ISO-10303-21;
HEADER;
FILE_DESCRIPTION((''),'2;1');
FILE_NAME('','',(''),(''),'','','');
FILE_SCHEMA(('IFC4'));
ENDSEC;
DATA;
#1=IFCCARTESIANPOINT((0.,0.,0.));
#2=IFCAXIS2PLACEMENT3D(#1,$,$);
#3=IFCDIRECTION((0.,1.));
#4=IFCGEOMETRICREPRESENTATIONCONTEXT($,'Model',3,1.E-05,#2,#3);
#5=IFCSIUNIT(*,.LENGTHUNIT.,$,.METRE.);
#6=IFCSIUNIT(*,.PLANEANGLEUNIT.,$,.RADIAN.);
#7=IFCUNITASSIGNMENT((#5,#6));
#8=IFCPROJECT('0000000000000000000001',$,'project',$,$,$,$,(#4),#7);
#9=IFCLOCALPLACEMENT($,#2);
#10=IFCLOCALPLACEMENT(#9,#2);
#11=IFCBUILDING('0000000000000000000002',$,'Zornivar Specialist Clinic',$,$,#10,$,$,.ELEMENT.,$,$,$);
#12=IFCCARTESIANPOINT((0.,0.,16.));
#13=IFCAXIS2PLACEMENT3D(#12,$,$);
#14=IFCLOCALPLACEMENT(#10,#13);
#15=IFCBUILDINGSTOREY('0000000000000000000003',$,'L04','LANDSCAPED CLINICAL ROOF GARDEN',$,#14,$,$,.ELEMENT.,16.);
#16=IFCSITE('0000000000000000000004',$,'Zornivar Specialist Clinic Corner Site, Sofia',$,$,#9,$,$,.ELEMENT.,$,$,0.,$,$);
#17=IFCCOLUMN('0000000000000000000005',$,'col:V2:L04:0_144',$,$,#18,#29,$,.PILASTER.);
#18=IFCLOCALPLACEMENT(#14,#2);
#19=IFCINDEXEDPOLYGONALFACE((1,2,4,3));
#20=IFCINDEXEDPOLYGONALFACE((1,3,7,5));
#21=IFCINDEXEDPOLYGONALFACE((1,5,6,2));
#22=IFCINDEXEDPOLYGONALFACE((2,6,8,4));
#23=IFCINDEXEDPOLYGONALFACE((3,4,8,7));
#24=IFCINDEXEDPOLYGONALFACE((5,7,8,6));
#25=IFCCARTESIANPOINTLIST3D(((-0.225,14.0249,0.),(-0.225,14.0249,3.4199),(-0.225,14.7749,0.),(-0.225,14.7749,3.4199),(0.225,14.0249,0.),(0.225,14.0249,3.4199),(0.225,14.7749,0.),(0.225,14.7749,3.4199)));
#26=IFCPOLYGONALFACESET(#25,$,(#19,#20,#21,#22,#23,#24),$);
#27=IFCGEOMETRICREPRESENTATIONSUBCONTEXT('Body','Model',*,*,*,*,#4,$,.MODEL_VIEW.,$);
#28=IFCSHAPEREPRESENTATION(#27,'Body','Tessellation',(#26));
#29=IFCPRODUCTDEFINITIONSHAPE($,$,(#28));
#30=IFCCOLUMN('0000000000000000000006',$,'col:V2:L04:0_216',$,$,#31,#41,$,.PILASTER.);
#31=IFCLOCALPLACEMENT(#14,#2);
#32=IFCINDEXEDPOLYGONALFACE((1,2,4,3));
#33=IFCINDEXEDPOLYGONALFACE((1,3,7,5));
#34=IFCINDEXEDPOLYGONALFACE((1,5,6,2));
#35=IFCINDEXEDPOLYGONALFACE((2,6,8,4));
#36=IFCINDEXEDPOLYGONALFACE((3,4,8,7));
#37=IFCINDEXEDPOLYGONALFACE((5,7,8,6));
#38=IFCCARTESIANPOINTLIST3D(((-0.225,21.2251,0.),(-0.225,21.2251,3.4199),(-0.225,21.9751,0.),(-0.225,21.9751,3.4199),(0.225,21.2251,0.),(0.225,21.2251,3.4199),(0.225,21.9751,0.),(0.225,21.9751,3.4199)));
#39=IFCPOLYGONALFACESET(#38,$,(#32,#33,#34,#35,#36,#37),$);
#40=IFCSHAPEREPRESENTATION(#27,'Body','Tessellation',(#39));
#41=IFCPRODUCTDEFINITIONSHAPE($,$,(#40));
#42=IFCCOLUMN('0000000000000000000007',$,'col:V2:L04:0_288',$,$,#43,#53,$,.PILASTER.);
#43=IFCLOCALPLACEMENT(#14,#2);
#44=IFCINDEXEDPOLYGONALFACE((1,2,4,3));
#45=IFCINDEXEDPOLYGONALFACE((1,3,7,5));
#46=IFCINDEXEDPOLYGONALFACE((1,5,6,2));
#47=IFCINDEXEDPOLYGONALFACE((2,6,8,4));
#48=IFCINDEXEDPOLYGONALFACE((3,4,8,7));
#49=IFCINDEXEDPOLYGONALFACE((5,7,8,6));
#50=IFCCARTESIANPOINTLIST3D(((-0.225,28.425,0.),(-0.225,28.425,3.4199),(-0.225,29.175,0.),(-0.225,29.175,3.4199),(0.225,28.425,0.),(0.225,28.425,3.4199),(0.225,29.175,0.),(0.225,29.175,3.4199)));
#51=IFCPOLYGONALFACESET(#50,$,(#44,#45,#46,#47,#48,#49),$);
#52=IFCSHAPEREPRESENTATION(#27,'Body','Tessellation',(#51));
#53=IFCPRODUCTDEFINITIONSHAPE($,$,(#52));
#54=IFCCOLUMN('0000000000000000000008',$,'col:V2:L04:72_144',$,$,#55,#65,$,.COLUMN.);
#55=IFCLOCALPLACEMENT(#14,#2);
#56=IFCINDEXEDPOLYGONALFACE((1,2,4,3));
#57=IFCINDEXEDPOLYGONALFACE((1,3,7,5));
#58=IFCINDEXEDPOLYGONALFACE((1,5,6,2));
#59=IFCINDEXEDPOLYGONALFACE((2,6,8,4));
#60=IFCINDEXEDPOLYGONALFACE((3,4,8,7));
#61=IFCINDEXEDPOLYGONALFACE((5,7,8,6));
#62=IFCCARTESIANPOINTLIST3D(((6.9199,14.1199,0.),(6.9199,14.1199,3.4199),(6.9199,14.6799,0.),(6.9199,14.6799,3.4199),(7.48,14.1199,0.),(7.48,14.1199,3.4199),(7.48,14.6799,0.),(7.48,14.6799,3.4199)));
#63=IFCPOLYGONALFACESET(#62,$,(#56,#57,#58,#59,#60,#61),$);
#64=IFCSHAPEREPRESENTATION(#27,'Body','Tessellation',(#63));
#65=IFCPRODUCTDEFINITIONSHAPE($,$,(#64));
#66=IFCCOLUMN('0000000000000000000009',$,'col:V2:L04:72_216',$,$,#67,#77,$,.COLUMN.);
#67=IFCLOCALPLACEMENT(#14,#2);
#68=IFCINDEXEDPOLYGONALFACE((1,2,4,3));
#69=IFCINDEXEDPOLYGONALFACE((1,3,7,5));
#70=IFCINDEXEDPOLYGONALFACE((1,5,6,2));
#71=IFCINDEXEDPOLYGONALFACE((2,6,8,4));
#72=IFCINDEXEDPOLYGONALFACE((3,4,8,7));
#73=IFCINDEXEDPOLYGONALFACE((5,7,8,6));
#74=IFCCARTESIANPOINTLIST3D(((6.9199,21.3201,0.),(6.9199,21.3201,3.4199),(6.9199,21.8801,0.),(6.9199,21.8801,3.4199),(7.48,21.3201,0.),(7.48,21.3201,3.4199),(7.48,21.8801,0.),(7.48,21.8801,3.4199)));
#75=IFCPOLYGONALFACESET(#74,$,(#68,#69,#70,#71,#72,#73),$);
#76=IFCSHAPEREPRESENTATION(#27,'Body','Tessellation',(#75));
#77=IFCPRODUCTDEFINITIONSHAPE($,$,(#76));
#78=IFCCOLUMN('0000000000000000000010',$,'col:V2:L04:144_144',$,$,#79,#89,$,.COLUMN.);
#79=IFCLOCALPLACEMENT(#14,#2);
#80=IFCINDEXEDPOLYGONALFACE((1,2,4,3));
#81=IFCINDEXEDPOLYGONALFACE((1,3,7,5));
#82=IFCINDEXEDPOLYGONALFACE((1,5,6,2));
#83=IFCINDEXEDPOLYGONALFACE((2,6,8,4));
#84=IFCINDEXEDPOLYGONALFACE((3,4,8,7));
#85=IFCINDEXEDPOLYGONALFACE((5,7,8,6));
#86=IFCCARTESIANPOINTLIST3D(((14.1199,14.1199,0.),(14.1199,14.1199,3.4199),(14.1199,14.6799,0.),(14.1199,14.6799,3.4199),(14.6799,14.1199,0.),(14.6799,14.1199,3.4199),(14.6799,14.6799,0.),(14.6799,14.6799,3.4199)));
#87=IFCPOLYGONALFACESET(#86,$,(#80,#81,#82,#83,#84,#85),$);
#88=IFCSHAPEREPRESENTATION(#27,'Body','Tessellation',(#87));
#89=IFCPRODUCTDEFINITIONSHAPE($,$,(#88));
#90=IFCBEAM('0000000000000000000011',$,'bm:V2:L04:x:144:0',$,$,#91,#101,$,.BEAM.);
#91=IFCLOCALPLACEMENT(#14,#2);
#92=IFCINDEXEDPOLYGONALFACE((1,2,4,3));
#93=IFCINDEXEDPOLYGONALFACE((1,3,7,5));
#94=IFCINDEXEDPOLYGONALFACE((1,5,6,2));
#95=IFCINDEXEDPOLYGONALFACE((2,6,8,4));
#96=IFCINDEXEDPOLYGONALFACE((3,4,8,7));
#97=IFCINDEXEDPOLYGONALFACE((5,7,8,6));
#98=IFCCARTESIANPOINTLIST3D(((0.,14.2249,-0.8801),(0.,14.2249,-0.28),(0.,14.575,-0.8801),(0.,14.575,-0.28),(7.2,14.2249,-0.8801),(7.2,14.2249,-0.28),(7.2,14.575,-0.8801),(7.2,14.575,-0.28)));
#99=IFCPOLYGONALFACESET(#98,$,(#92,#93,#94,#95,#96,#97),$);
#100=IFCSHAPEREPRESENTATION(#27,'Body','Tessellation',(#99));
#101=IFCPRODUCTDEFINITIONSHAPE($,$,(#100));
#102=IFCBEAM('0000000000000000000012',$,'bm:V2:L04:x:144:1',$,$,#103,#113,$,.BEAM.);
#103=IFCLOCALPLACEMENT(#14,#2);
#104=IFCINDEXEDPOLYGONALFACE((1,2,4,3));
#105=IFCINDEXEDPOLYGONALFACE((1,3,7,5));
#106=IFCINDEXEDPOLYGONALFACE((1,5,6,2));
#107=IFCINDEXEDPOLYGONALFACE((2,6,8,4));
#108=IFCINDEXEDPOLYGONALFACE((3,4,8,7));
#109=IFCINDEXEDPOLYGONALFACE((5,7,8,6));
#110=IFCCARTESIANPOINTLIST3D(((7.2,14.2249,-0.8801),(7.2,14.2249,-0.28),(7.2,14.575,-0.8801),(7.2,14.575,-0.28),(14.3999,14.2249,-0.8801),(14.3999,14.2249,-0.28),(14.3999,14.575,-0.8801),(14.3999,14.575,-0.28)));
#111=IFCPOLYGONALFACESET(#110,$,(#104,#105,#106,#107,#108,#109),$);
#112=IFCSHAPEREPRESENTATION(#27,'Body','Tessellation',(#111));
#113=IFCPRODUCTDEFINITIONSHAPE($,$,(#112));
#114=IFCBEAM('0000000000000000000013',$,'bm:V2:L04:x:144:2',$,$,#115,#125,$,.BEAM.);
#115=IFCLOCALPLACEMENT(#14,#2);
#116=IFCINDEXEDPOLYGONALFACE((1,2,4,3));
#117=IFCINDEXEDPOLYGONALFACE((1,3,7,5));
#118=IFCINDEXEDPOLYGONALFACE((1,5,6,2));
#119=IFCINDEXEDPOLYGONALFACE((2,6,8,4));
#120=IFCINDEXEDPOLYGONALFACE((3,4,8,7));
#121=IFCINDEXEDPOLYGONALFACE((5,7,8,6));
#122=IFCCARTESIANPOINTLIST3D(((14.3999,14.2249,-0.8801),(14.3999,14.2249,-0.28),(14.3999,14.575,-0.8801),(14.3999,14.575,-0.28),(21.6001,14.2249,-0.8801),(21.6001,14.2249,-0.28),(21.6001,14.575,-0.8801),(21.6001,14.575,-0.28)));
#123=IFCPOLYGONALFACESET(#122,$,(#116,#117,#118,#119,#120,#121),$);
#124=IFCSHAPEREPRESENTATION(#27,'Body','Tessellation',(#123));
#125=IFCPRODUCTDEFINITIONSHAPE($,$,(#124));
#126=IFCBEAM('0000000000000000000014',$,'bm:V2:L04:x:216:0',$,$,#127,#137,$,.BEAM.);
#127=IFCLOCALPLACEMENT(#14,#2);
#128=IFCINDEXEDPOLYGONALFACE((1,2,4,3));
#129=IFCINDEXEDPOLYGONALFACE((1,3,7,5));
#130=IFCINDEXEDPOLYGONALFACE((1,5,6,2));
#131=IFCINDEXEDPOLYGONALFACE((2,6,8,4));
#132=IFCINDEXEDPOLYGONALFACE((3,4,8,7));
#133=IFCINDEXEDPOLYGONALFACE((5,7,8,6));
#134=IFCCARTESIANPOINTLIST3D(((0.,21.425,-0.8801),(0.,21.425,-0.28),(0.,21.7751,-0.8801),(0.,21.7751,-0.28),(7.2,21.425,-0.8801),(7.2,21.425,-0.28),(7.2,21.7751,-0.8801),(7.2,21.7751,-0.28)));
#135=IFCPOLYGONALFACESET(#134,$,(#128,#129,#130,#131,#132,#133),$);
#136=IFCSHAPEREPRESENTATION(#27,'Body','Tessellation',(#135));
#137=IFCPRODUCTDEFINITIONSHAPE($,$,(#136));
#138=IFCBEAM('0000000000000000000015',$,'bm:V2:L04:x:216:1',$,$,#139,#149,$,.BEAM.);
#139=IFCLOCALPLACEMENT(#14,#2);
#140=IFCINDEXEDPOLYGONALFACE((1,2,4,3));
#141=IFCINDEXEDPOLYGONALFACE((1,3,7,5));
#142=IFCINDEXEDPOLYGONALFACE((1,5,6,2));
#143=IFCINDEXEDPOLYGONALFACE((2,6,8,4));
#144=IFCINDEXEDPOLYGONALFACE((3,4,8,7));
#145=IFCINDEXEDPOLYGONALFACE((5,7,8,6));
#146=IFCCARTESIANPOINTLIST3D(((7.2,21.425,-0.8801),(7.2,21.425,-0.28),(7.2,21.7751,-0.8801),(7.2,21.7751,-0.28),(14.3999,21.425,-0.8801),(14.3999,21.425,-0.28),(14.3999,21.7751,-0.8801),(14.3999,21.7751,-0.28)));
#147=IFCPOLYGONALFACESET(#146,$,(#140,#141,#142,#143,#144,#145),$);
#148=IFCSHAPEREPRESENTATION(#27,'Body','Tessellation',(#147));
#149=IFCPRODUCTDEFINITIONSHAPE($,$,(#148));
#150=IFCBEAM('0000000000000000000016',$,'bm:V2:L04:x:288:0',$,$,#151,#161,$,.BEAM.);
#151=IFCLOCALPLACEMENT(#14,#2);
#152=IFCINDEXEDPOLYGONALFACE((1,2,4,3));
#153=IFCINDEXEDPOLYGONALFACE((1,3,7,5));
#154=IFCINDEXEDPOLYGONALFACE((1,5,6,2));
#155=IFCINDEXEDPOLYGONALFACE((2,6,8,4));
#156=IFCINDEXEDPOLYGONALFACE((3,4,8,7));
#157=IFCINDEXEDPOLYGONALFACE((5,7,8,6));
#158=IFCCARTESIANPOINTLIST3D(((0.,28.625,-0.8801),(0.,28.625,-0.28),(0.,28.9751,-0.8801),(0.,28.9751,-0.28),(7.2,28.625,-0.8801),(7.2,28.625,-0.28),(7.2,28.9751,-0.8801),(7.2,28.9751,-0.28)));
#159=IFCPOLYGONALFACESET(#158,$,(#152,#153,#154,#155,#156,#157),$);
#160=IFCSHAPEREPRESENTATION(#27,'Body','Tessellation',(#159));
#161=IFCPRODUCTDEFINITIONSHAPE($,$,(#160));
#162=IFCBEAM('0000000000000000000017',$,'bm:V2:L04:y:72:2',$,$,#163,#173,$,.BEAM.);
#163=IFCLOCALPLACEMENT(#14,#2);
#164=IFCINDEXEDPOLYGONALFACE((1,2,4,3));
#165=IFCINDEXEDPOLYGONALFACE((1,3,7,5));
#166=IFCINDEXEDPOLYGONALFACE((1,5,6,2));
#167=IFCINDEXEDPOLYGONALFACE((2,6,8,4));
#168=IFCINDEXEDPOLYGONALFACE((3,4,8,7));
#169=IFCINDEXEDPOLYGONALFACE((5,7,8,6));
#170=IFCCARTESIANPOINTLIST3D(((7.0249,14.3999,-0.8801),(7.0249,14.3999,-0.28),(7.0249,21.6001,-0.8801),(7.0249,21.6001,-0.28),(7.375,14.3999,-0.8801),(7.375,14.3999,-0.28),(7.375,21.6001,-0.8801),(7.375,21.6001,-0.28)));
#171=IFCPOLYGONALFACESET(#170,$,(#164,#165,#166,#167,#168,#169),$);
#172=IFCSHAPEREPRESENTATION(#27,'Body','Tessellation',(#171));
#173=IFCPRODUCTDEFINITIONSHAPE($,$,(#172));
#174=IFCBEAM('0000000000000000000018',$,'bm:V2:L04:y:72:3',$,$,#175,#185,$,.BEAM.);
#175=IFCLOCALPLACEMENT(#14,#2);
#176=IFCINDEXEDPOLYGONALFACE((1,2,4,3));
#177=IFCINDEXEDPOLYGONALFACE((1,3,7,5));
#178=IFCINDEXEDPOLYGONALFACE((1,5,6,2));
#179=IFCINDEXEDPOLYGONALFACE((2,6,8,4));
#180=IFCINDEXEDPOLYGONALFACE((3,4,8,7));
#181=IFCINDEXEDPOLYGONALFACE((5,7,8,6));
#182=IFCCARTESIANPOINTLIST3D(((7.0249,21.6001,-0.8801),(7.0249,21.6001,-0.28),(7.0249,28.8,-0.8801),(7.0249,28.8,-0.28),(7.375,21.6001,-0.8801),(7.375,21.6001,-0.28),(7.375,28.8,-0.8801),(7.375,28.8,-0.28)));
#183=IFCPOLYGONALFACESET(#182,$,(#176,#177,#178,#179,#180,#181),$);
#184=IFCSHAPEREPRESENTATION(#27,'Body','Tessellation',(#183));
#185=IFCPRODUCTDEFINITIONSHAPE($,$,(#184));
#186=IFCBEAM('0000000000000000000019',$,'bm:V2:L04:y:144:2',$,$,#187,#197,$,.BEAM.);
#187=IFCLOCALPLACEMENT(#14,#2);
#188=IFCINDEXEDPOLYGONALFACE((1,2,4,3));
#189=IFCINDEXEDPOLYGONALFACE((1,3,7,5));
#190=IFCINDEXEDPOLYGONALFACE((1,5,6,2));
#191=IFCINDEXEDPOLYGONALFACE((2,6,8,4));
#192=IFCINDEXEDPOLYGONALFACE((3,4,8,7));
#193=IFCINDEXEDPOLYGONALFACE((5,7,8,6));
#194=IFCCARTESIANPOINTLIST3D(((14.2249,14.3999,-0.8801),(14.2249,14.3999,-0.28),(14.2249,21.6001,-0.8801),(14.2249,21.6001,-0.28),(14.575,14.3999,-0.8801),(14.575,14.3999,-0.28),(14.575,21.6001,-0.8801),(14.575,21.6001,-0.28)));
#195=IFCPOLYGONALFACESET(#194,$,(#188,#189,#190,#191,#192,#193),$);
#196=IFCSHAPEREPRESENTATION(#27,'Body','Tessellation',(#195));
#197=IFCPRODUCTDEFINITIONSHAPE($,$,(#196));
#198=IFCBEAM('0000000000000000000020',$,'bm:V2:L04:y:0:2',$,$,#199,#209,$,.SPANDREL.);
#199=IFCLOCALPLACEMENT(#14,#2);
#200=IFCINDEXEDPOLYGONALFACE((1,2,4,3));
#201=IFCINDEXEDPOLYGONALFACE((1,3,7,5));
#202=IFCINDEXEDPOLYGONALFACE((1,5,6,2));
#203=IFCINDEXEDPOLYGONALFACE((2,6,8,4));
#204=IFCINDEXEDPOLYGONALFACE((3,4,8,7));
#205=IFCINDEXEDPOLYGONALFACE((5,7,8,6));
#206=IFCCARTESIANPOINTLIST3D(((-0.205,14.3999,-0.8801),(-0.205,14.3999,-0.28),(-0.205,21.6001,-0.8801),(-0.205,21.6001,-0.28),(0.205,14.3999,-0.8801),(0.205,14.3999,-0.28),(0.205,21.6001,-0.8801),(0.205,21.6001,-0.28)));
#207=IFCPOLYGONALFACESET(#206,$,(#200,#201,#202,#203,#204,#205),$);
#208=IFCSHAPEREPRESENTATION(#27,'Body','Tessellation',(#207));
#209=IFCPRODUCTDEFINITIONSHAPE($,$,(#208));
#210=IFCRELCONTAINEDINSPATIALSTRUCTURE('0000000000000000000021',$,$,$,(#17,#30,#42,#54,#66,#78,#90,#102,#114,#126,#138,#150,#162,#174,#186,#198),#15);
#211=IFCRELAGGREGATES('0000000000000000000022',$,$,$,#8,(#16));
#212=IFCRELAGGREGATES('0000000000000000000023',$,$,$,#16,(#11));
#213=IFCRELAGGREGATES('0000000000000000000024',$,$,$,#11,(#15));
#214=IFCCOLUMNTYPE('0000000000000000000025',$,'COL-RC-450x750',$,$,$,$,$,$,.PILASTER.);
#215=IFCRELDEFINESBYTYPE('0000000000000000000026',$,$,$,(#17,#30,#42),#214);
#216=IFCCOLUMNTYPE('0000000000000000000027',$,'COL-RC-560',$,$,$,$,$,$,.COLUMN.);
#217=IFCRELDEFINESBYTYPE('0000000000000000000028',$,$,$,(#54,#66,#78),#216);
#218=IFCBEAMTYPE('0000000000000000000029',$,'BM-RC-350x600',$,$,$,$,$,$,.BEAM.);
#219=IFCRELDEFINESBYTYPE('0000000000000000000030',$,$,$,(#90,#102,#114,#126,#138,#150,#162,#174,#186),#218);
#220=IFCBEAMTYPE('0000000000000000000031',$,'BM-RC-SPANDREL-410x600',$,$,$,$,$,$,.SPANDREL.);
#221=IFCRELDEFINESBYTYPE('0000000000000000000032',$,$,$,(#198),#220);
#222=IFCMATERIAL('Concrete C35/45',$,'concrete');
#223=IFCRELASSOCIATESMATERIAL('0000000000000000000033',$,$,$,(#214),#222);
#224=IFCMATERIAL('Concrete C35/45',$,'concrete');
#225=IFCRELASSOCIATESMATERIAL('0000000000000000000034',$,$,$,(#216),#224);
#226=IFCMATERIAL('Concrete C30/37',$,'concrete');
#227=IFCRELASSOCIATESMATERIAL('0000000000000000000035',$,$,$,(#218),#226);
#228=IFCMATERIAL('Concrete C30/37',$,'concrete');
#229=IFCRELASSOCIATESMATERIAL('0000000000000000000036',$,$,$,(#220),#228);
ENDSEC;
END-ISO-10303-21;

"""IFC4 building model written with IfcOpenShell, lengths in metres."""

from ifc_helpers import new_model, si_unit, direction, frame, origin, origin_2d, place, context, subcontext, project, spatial, rectangle, extrude, material, material_profile, profile_set, type_object, element, save


model = new_model("IFC4")

# Units and contexts
model_context = context("Model", 3, precision=1e-05, world=origin(), true_north=direction((0.0, 1.0)))
body_context = subcontext(model_context, "Body", "Model", "MODEL_VIEW")
ifc_project = project(units=[si_unit("LENGTHUNIT", "METRE"), si_unit("PLANEANGLEUNIT", "RADIAN")], contexts=[model_context])

# Site, building, storey
site_placement = place(None, origin())
site = spatial("IfcSite", under=ifc_project, at=site_placement, Name="Zornivar Specialist Clinic Corner Site, Sofia", CompositionType="ELEMENT", RefElevation=0.0)
building_placement = place(site_placement, origin())
building = spatial("IfcBuilding", under=site, at=building_placement, Name="Zornivar Specialist Clinic", CompositionType="ELEMENT")
storey_placement = place(building_placement, frame((0.0, 0.0, 16.0)))
storey = spatial("IfcBuildingStorey", under=building, at=storey_placement, Name="L04", Description="LANDSCAPED CLINICAL ROOF GARDEN", CompositionType="ELEMENT", Elevation=16.0)

# Columns
ifc_material_1 = material(Name="Concrete C35/45", Category="concrete")
ifc_material_profile_1 = material_profile(ifc_material_1, rectangle(XDim=0.45, YDim=0.75, at=origin_2d()), Name="RC 450x750")
ifc_profile_set_1 = profile_set([ifc_material_profile_1], Name="Concrete C35/45")
column_type_1 = type_object("IfcColumnType", Name="COL-RC-450x750", PredefinedType="PILASTER", material=ifc_profile_set_1)
for number, where, z_axis, x_axis, name in (
    (1, (0.0, 14.3999, 0.0), (0.0, 0.0, 1.0), (1.0, 0.0, 0.0), "col:V2:L04:0_144"),
    (2, (0.0, 21.6001, 0.0), (0.0, 0.0, 1.0), (1.0, 0.0, 0.0), "col:V2:L04:0_216"),
    (3, (0.0, 28.8, 0.0), (0.0, 0.0, 1.0), (1.0, 0.0, 0.0), "col:V2:L04:0_288"),
):
    element("IfcColumn", number, at=place(storey_placement, frame(where, z_axis=z_axis, x_axis=x_axis)), inside=storey, type_object=column_type_1, Name=name, PredefinedType="PILASTER", context=body_context, shape_type="SweptSolid", body=[
        extrude(rectangle(XDim=0.45, YDim=0.75, at=origin_2d()), origin(), (0.0, 0.0, 1.0), 3.4199),
    ])
ifc_material_2 = material(Name="Concrete C35/45", Category="concrete")
ifc_material_profile_2 = material_profile(ifc_material_2, rectangle(XDim=0.5601, YDim=0.5601, at=origin_2d()), Name="RC 560x560")
ifc_profile_set_2 = profile_set([ifc_material_profile_2], Name="Concrete C35/45")
column_type_2 = type_object("IfcColumnType", Name="COL-RC-560", PredefinedType="COLUMN", material=ifc_profile_set_2)
for number, where, z_axis, x_axis, name in (
    (4, (7.2, 14.3999, 0.0), (0.0, 0.0, 1.0), (1.0, 0.0, 0.0), "col:V2:L04:72_144"),
    (5, (7.2, 21.6001, 0.0), (0.0, 0.0, 1.0), (1.0, 0.0, 0.0), "col:V2:L04:72_216"),
    (6, (14.3999, 14.3999, 0.0), (0.0, 0.0, 1.0), (1.0, 0.0, 0.0), "col:V2:L04:144_144"),
):
    element("IfcColumn", number, at=place(storey_placement, frame(where, z_axis=z_axis, x_axis=x_axis)), inside=storey, type_object=column_type_2, Name=name, PredefinedType="COLUMN", context=body_context, shape_type="SweptSolid", body=[
        extrude(rectangle(XDim=0.5601, YDim=0.5601, at=origin_2d()), origin(), (0.0, 0.0, 1.0), 3.4199),
    ])

# Beams
ifc_material_3 = material(Name="Concrete C30/37", Category="concrete")
ifc_material_profile_3 = material_profile(ifc_material_3, rectangle(XDim=0.3501, YDim=0.6001, at=origin_2d()), Name="RC 350x600")
ifc_profile_set_3 = profile_set([ifc_material_profile_3], Name="Concrete C30/37")
beam_type_1 = type_object("IfcBeamType", Name="BM-RC-350x600", PredefinedType="BEAM", material=ifc_profile_set_3)
for number, where, z_axis, x_axis, name in (
    (7, (0.0, 14.3999, -0.5801), (1.0, 0.0, 0.0), (0.0, 1.0, 0.0), "bm:V2:L04:x:144:0"),
    (8, (7.2, 14.3999, -0.5801), (1.0, 0.0, 0.0), (0.0, 1.0, 0.0), "bm:V2:L04:x:144:1"),
):
    element("IfcBeam", number, at=place(storey_placement, frame(where, z_axis=z_axis, x_axis=x_axis)), inside=storey, type_object=beam_type_1, Name=name, PredefinedType="BEAM", context=body_context, shape_type="SweptSolid", body=[
        extrude(rectangle(XDim=0.3501, YDim=0.6001, at=origin_2d()), origin(), (0.0, 0.0, 1.0), 7.2),
    ])
beam_1_placement = place(storey_placement, frame((14.3999, 14.3999, -0.5801), z_axis=(1.0, 0.0, 0.0), x_axis=(0.0, 1.0, 0.0)))
element("IfcBeam", 9, at=beam_1_placement, inside=storey, type_object=beam_type_1, Name="bm:V2:L04:x:144:2", PredefinedType="BEAM", context=body_context, shape_type="SweptSolid", body=[
    extrude(rectangle(XDim=0.3501, YDim=0.6001, at=origin_2d()), origin(), (0.0, 0.0, 1.0), 7.2002),
])
for number, where, z_axis, x_axis, name in (
    (10, (0.0, 21.6001, -0.5801), (1.0, 0.0, 0.0), (0.0, 1.0, 0.0), "bm:V2:L04:x:216:0"),
    (11, (7.2, 21.6001, -0.5801), (1.0, 0.0, 0.0), (0.0, 1.0, 0.0), "bm:V2:L04:x:216:1"),
    (12, (0.0, 28.8, -0.5801), (1.0, 0.0, 0.0), (0.0, 1.0, 0.0), "bm:V2:L04:x:288:0"),
):
    element("IfcBeam", number, at=place(storey_placement, frame(where, z_axis=z_axis, x_axis=x_axis)), inside=storey, type_object=beam_type_1, Name=name, PredefinedType="BEAM", context=body_context, shape_type="SweptSolid", body=[
        extrude(rectangle(XDim=0.3501, YDim=0.6001, at=origin_2d()), origin(), (0.0, 0.0, 1.0), 7.2),
    ])
beam_2_placement = place(storey_placement, frame((7.2, 14.3999, -0.5801), z_axis=(0.0, 1.0, 0.0), x_axis=(-1.0, 0.0, 0.0)))
element("IfcBeam", 13, at=beam_2_placement, inside=storey, type_object=beam_type_1, Name="bm:V2:L04:y:72:2", PredefinedType="BEAM", context=body_context, shape_type="SweptSolid", body=[
    extrude(rectangle(XDim=0.3501, YDim=0.6001, at=origin_2d()), origin(), (0.0, 0.0, 1.0), 7.2002),
])
beam_3_placement = place(storey_placement, frame((7.2, 21.6001, -0.5801), z_axis=(0.0, 1.0, 0.0), x_axis=(-1.0, 0.0, 0.0)))
element("IfcBeam", 14, at=beam_3_placement, inside=storey, type_object=beam_type_1, Name="bm:V2:L04:y:72:3", PredefinedType="BEAM", context=body_context, shape_type="SweptSolid", body=[
    extrude(rectangle(XDim=0.3501, YDim=0.6001, at=origin_2d()), origin(), (0.0, 0.0, 1.0), 7.2),
])
beam_4_placement = place(storey_placement, frame((14.3999, 14.3999, -0.5801), z_axis=(0.0, 1.0, 0.0), x_axis=(-1.0, 0.0, 0.0)))
element("IfcBeam", 15, at=beam_4_placement, inside=storey, type_object=beam_type_1, Name="bm:V2:L04:y:144:2", PredefinedType="BEAM", context=body_context, shape_type="SweptSolid", body=[
    extrude(rectangle(XDim=0.3501, YDim=0.6001, at=origin_2d()), origin(), (0.0, 0.0, 1.0), 7.2002),
])
ifc_material_4 = material(Name="Concrete C30/37", Category="concrete")
ifc_material_profile_4 = material_profile(ifc_material_4, rectangle(XDim=0.4099, YDim=0.6001, at=origin_2d()), Name="RC 410x600")
ifc_profile_set_4 = profile_set([ifc_material_profile_4], Name="Concrete C30/37")
beam_type_2 = type_object("IfcBeamType", Name="BM-RC-SPANDREL-410x600", PredefinedType="SPANDREL", material=ifc_profile_set_4)
beam_5_placement = place(storey_placement, frame((0.0, 14.3999, -0.5801), z_axis=(0.0, 1.0, 0.0), x_axis=(-1.0, 0.0, 0.0)))
element("IfcBeam", 16, at=beam_5_placement, inside=storey, type_object=beam_type_2, Name="bm:V2:L04:y:0:2", PredefinedType="SPANDREL", context=body_context, shape_type="SweptSolid", body=[
    extrude(rectangle(XDim=0.4099, YDim=0.6001, at=origin_2d()), origin(), (0.0, 0.0, 1.0), 7.2002),
])

save(model, "model.ifc")
